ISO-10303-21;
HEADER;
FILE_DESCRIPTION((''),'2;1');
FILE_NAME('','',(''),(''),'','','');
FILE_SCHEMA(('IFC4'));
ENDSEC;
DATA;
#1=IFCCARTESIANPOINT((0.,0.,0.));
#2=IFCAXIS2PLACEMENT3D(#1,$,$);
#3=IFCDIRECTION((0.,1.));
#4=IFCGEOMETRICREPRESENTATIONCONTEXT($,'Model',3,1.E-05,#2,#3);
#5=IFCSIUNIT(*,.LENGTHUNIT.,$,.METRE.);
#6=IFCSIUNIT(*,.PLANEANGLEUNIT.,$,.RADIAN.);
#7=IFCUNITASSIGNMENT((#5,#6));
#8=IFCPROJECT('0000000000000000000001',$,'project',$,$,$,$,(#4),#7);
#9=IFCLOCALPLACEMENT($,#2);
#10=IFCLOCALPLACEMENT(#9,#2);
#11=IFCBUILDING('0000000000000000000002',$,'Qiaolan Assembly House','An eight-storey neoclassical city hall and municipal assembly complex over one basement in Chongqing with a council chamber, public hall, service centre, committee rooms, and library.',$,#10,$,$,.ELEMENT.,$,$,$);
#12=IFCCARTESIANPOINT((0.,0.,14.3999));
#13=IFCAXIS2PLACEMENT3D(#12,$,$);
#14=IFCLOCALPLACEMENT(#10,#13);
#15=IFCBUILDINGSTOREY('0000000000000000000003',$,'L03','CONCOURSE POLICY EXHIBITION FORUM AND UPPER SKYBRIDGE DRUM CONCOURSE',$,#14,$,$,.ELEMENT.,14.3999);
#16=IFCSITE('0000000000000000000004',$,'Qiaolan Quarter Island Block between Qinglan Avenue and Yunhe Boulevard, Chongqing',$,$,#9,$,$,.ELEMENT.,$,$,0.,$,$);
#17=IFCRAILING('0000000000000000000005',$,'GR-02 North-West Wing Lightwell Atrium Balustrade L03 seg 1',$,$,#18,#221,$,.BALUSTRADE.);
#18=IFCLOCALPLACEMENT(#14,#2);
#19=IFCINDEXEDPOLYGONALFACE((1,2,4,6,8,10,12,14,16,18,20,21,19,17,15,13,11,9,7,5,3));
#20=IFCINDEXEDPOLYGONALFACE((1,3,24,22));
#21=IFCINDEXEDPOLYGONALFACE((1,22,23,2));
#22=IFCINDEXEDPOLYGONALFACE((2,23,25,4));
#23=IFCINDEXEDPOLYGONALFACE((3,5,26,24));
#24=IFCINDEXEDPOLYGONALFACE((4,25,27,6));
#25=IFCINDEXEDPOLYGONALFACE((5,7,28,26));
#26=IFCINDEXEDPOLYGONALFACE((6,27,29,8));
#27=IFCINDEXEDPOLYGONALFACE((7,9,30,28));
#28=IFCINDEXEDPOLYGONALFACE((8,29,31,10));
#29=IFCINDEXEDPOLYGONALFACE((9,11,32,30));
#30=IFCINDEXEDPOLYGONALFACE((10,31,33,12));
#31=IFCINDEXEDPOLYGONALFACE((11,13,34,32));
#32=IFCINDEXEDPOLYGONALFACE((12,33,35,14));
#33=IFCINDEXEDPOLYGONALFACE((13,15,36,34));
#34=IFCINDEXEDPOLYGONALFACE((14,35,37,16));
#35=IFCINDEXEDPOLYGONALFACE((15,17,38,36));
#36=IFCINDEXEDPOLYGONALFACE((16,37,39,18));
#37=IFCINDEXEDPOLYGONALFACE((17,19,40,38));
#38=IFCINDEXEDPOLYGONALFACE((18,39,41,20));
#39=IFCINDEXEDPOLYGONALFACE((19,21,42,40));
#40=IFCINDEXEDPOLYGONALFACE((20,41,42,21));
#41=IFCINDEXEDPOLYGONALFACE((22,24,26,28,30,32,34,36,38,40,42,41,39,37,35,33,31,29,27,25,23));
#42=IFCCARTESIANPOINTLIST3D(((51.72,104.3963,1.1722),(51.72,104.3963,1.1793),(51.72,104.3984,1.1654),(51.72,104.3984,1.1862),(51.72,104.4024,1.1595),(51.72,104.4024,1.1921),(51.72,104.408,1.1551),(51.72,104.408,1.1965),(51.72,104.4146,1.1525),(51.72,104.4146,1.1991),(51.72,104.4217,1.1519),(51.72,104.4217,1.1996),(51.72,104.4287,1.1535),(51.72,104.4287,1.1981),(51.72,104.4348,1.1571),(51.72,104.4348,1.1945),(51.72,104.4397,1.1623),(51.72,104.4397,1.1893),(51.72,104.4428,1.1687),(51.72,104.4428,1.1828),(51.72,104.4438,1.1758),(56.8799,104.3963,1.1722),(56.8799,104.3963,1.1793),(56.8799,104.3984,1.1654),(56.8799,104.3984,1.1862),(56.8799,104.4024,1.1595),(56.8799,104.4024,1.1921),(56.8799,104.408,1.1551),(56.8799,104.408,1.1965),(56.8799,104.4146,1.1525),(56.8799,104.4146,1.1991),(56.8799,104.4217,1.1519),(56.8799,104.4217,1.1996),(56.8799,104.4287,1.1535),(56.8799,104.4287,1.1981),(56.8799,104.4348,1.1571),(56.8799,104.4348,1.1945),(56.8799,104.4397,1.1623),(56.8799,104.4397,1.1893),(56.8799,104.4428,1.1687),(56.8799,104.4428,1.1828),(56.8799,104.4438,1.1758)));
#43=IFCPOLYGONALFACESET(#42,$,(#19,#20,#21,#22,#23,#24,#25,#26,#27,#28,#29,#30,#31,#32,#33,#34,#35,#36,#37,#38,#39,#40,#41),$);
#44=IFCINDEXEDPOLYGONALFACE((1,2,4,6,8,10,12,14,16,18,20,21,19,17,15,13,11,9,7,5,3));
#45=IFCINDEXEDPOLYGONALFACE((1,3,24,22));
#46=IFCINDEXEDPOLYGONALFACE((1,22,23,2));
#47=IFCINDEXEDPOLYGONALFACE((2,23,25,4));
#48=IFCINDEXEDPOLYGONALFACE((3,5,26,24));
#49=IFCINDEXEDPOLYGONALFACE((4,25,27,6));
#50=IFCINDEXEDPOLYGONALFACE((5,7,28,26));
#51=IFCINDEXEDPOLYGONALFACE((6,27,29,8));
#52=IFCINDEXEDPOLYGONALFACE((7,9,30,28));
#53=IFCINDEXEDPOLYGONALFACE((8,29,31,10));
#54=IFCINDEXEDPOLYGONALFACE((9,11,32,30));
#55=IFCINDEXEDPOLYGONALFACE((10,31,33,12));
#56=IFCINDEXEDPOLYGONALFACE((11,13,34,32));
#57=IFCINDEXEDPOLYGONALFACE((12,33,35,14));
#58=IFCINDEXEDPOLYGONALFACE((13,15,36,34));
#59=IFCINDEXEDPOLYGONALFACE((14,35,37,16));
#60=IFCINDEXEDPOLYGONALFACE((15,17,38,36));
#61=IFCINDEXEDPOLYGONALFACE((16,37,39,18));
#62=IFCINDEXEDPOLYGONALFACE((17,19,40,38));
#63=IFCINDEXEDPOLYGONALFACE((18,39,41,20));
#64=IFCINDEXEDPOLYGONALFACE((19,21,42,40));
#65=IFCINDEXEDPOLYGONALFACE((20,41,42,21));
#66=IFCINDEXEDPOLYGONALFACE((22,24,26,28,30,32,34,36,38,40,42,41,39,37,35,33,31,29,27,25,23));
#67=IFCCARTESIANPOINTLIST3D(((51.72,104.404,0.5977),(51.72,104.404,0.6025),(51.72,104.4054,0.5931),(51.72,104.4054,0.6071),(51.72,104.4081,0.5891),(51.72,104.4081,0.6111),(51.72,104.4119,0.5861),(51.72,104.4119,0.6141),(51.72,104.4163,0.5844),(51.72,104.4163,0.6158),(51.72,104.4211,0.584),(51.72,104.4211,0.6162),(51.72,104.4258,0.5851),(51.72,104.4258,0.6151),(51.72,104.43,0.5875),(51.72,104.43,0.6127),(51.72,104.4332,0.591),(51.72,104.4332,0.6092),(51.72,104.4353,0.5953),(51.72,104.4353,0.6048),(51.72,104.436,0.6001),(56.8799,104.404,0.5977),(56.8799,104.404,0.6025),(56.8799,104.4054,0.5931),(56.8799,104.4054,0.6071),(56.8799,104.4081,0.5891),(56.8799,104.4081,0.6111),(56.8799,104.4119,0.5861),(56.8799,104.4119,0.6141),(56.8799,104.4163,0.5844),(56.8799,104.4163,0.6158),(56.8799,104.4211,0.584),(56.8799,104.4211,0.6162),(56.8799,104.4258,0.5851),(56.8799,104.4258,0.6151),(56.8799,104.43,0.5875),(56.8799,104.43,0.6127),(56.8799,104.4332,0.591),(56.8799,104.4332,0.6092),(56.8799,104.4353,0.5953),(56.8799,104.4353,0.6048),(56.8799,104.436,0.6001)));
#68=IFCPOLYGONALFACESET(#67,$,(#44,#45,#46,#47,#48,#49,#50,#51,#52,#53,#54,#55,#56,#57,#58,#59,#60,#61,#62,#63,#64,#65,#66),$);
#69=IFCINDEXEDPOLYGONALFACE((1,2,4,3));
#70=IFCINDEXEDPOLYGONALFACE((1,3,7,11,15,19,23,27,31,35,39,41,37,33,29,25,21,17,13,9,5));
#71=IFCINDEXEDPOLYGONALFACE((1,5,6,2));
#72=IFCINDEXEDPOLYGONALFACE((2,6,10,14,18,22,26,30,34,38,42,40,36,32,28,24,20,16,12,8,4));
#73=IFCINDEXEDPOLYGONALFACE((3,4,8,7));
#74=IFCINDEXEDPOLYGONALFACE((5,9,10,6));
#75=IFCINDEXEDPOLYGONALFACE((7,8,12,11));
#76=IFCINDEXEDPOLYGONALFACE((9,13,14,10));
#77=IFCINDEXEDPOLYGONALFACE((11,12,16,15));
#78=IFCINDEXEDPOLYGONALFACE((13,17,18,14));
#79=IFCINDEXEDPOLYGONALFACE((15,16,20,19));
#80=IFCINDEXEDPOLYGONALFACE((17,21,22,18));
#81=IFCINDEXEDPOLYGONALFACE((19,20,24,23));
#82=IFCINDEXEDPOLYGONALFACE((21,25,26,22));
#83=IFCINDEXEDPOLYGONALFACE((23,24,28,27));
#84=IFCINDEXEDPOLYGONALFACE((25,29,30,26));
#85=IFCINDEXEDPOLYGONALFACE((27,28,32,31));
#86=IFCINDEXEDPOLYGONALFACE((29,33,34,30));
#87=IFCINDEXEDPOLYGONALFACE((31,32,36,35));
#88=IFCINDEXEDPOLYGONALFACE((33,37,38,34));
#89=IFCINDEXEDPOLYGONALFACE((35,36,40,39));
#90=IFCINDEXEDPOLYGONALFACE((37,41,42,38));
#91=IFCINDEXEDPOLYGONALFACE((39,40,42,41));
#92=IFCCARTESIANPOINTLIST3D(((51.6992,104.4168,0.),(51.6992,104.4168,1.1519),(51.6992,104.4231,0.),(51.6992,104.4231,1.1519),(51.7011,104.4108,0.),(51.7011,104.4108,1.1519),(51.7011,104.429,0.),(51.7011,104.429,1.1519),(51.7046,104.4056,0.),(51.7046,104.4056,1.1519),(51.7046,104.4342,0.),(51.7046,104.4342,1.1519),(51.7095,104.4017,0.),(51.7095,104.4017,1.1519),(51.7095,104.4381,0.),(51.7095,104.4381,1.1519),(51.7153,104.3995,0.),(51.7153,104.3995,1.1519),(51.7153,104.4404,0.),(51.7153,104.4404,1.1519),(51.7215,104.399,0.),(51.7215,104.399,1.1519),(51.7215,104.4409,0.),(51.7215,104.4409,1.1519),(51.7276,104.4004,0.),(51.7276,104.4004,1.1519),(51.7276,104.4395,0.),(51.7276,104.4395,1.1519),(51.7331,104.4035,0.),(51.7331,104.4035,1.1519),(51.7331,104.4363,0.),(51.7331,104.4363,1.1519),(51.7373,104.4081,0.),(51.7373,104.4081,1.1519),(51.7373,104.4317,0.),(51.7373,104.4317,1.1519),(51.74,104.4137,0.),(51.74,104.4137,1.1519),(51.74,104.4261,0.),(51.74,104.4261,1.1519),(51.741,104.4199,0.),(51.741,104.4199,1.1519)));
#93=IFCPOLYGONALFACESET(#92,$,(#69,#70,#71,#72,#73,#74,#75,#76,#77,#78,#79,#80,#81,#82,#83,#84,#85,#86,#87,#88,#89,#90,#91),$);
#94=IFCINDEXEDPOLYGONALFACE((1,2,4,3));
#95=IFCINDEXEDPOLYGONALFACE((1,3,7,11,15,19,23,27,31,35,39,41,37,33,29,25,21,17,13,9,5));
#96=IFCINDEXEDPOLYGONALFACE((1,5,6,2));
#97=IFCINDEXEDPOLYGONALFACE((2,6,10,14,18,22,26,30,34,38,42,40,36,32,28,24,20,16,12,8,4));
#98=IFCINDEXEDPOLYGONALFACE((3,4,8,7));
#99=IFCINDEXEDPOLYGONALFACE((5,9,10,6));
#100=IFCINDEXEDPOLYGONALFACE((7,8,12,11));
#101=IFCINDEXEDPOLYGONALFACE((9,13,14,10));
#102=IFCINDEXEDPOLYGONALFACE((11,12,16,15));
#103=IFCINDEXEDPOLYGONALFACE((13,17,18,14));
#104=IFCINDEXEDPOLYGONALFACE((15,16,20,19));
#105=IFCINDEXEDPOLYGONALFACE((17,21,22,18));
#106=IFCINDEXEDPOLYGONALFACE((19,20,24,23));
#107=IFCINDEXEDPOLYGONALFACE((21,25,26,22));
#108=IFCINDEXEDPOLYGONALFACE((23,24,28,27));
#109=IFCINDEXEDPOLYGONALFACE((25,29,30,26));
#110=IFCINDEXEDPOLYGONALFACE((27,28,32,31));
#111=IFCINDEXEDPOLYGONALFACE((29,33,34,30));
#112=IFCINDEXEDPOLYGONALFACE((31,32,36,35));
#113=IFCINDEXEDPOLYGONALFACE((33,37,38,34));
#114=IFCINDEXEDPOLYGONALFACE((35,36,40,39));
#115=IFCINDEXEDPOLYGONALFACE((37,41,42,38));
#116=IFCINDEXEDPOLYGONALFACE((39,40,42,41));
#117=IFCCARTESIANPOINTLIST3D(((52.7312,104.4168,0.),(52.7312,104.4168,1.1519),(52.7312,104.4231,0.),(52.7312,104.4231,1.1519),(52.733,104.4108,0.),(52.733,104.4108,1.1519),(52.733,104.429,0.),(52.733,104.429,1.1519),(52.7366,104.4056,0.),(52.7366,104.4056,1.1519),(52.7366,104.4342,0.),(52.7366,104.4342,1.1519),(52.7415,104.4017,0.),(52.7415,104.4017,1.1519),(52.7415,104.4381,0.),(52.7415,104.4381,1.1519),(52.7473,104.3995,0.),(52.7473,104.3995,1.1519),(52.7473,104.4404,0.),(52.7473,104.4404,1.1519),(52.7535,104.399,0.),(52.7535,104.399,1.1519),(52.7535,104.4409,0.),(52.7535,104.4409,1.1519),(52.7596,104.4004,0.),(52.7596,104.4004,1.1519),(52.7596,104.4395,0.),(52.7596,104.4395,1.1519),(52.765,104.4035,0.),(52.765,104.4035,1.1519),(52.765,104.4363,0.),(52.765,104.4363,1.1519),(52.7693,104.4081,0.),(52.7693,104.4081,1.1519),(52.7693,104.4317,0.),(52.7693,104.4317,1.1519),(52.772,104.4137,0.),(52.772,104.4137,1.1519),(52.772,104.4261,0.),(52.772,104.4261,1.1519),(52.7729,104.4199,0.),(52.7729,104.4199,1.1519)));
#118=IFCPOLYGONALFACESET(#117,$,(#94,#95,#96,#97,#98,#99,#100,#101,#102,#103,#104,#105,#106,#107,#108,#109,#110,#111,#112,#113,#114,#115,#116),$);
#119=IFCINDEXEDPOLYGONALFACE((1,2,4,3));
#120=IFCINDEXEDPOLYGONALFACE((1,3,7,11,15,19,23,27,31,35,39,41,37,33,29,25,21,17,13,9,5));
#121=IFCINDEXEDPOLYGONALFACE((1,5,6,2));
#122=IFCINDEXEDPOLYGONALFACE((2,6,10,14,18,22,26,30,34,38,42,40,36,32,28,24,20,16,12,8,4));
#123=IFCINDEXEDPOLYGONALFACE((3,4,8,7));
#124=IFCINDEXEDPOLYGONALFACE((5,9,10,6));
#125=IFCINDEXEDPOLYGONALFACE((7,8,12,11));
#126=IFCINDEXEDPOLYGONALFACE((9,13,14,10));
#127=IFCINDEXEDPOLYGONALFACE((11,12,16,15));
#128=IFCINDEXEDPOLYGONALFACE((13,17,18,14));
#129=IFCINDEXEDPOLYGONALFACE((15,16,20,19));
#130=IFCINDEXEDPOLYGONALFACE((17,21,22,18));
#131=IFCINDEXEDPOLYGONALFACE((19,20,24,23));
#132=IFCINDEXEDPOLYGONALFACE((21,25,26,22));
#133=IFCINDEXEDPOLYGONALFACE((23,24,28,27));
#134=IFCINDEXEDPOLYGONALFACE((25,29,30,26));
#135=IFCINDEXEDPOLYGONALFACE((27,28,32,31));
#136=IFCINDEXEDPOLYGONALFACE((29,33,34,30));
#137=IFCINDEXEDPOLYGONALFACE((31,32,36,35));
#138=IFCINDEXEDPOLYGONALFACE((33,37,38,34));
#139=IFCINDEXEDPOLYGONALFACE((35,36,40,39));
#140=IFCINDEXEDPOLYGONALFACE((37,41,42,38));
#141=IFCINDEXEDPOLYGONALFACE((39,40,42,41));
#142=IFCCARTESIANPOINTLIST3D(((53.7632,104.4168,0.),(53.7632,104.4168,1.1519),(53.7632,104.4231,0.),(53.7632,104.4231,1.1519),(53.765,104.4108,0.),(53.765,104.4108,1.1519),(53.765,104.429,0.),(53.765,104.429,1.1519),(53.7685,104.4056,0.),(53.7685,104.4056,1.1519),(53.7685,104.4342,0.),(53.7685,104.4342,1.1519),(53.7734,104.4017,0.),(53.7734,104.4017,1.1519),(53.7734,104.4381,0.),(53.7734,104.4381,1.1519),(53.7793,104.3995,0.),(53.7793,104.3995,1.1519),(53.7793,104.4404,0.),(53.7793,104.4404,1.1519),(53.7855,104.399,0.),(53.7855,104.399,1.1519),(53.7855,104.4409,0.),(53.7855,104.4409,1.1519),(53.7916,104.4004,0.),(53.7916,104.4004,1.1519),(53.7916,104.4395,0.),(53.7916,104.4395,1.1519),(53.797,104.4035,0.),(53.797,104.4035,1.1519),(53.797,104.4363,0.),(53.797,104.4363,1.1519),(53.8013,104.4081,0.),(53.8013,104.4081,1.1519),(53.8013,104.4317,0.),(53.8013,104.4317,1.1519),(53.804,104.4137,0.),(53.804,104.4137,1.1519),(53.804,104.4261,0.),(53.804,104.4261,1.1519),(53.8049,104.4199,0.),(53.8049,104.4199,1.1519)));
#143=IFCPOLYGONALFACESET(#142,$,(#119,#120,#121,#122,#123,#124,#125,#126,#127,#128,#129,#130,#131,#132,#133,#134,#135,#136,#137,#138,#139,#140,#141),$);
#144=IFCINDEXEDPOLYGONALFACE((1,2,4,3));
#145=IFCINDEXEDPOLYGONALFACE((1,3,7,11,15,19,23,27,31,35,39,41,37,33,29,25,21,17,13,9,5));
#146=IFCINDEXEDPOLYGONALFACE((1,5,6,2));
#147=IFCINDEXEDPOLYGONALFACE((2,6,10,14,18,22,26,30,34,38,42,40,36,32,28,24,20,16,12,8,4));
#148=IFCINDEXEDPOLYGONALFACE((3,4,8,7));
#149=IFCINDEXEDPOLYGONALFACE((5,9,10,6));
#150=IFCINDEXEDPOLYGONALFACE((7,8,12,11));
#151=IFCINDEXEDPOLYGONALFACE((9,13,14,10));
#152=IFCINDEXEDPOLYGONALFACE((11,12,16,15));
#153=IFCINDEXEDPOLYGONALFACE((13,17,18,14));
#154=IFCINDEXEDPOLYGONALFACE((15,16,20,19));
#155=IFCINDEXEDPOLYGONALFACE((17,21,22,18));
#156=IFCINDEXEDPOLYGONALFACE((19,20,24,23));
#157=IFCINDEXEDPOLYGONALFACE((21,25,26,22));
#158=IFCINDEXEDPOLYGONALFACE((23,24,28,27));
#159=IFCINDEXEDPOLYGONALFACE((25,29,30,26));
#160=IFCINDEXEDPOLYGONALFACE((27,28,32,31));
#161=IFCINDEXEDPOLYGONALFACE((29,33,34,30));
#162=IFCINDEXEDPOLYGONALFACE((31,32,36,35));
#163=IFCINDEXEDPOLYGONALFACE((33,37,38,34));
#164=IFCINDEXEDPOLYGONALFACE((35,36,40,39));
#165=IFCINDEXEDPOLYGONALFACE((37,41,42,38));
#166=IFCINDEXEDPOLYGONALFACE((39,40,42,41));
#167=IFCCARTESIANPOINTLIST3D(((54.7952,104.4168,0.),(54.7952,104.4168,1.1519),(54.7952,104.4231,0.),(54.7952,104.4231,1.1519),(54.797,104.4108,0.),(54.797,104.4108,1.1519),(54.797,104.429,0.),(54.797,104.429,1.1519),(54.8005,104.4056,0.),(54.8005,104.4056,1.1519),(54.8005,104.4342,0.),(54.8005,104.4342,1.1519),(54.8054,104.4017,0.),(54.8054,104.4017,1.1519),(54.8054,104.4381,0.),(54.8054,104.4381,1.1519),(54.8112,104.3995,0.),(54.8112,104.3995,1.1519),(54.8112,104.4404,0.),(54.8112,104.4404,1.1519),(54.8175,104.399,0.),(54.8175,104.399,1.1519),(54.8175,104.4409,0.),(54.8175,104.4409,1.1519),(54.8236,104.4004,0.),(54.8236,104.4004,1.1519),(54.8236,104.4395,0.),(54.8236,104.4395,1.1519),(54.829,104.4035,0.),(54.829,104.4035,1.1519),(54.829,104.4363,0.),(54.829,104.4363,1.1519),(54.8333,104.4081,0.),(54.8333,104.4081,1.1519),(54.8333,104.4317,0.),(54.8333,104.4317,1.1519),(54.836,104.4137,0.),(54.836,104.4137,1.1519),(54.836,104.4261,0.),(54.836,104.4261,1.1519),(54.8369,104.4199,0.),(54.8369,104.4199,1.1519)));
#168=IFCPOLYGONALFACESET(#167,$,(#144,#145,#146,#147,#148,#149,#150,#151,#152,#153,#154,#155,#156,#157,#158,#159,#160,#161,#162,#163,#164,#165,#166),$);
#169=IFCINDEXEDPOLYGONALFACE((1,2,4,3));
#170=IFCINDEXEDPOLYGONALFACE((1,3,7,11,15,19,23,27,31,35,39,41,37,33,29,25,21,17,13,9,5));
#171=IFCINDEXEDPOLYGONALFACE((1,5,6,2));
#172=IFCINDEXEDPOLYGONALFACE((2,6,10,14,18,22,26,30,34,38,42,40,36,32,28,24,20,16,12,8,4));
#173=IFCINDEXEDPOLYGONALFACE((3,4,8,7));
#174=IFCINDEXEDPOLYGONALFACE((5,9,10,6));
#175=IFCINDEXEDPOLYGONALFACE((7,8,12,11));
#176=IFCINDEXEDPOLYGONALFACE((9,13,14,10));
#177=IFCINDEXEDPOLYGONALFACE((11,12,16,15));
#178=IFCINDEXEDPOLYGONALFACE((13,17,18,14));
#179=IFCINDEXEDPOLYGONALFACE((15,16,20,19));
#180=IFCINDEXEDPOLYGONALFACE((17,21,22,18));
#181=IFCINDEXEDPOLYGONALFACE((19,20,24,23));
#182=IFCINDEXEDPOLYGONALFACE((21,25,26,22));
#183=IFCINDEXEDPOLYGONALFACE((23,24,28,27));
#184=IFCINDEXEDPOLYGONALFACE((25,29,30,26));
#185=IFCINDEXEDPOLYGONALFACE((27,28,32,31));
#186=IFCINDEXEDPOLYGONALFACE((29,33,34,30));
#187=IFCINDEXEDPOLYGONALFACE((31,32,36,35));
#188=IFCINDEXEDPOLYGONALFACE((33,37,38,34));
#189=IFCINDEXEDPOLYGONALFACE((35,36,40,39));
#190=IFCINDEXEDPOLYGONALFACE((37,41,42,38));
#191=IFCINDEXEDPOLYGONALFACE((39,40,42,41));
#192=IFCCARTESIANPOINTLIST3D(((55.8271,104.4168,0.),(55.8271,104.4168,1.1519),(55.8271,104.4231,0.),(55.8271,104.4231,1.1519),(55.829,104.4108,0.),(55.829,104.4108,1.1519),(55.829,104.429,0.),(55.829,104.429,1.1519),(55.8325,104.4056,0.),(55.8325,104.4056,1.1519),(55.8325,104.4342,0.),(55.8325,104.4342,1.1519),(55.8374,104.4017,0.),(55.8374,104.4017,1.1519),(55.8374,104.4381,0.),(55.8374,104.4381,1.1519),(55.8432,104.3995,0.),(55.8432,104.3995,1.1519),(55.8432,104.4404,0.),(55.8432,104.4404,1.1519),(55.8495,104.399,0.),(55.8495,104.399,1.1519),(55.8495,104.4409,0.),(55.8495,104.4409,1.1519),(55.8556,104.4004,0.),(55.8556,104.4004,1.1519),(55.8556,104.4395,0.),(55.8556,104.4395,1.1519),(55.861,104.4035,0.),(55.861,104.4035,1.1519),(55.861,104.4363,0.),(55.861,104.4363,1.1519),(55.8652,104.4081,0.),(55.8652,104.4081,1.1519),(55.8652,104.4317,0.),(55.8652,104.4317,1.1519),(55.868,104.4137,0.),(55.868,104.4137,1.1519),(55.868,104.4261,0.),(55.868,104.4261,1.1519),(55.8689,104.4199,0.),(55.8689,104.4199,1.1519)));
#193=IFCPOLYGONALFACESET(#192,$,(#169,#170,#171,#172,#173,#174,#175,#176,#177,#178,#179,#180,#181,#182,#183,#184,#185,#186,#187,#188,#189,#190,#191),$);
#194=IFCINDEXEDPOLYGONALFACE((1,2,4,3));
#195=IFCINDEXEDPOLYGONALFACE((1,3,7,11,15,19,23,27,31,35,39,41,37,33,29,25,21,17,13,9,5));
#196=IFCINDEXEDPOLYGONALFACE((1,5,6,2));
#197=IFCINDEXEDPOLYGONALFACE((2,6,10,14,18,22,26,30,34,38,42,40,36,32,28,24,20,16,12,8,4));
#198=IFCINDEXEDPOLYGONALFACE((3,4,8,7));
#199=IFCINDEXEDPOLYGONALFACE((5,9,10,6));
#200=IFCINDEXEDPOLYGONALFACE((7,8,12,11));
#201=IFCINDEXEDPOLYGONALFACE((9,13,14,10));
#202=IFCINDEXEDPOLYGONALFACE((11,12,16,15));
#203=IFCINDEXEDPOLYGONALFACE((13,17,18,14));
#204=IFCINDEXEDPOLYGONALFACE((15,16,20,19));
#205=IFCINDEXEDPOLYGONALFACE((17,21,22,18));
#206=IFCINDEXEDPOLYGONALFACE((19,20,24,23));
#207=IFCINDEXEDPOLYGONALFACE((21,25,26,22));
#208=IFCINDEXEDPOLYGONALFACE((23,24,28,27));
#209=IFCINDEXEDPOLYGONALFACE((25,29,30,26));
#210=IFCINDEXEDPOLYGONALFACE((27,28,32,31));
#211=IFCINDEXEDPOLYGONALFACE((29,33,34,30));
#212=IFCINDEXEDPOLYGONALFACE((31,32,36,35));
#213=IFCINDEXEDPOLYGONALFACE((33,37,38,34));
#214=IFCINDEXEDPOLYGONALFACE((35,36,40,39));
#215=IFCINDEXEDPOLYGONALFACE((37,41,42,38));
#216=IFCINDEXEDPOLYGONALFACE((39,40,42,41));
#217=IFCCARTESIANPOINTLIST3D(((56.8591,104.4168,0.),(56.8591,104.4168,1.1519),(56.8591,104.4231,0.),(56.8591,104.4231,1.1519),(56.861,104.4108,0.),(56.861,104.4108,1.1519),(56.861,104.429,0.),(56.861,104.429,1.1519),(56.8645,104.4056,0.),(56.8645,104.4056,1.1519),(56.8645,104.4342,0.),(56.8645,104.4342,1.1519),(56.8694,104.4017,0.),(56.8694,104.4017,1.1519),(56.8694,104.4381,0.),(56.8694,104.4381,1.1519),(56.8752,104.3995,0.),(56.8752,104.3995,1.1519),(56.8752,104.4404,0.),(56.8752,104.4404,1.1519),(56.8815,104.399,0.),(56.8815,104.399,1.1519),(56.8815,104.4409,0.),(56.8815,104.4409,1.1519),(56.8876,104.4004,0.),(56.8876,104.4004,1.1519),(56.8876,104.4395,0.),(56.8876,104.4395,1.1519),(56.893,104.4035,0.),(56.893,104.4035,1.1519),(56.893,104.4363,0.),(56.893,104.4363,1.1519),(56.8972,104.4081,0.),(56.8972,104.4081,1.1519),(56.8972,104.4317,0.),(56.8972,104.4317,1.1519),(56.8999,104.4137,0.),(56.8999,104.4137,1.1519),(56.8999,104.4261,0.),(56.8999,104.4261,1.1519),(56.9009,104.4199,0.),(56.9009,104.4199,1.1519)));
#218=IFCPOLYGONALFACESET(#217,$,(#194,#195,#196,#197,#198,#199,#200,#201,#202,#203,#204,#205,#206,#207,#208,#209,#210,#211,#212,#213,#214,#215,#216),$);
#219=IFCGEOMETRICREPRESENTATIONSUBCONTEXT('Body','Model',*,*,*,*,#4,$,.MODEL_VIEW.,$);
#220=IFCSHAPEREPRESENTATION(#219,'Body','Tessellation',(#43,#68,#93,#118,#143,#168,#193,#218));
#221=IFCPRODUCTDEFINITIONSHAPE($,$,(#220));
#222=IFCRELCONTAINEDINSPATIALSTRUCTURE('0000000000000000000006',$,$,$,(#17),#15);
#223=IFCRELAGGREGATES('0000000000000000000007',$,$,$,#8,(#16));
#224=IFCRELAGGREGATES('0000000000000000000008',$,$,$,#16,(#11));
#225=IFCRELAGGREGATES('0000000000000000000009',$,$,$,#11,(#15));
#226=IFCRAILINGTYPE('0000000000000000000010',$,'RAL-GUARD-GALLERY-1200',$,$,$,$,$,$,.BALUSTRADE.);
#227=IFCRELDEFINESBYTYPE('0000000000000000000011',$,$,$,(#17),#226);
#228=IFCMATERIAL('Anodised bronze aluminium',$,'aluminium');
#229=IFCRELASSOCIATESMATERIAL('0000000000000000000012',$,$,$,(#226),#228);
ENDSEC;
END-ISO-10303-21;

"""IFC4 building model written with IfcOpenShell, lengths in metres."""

from ifc_helpers import new_model, si_unit, direction, frame, origin, origin_2d, place, context, subcontext, project, spatial, circle, extrude, material, type_object, element, save


model = new_model("IFC4")

# Units and contexts
model_context = context("Model", 3, precision=1e-05, world=origin(), true_north=direction((0.0, 1.0)))
body_context = subcontext(model_context, "Body", "Model", "MODEL_VIEW")
ifc_project = project(units=[si_unit("LENGTHUNIT", "METRE"), si_unit("PLANEANGLEUNIT", "RADIAN")], contexts=[model_context])

# Site, building, storey
site_placement = place(None, origin())
site = spatial("IfcSite", under=ifc_project, at=site_placement, Name="Qiaolan Quarter Island Block between Qinglan Avenue and Yunhe Boulevard, Chongqing", CompositionType="ELEMENT", RefElevation=0.0)
building_placement = place(site_placement, origin())
building = spatial("IfcBuilding", under=site, at=building_placement, Name="Qiaolan Assembly House", Description="An eight-storey neoclassical city hall and municipal assembly complex over one basement in Chongqing with a council chamber, public hall, service centre, committee rooms, and library.", CompositionType="ELEMENT")
storey_placement = place(building_placement, frame((0.0, 0.0, 14.3999)))
storey = spatial("IfcBuildingStorey", under=building, at=storey_placement, Name="L03", Description="CONCOURSE POLICY EXHIBITION FORUM AND UPPER SKYBRIDGE DRUM CONCOURSE", CompositionType="ELEMENT", Elevation=14.3999)

# Railing
ifc_material_1 = material(Name="Anodised bronze aluminium", Category="aluminium")
railing_type = type_object("IfcRailingType", Name="RAL-GUARD-GALLERY-1200", PredefinedType="BALUSTRADE", material=ifc_material_1)
railing_1_placement = place(storey_placement, frame((51.72, 104.4199, 0.0)))
element("IfcRailing", 1, at=railing_1_placement, inside=storey, type_object=railing_type, Name="GR-02 North-West Wing Lightwell Atrium Balustrade L03 seg 1", PredefinedType="BALUSTRADE", context=body_context, shape_type="SweptSolid", body=[
    extrude(circle(Radius=0.0239, at=origin_2d()), frame((0.0, 0.0, 1.1758), z_axis=(1.0, 0.0, 0.0), x_axis=(0.0, 1.0, 0.0)), (0.0, 0.0, 1.0), 5.1599),
    extrude(circle(Radius=0.0161, at=origin_2d()), frame((0.0, 0.0, 0.6001), z_axis=(1.0, 0.0, 0.0), x_axis=(0.0, 1.0, 0.0)), (0.0, 0.0, 1.0), 5.1599),
    extrude(circle(Radius=0.021, at=origin_2d()), origin(), (0.0, 0.0, 1.0), 1.1519),
    extrude(circle(Radius=0.021, at=origin_2d()), frame((1.032, 0.0, 0.0)), (0.0, 0.0, 1.0), 1.1519),
    extrude(circle(Radius=0.021, at=origin_2d()), frame((2.064, 0.0, 0.0)), (0.0, 0.0, 1.0), 1.1519),
    extrude(circle(Radius=0.021, at=origin_2d()), frame((3.0959, 0.0, 0.0)), (0.0, 0.0, 1.0), 1.1519),
    extrude(circle(Radius=0.021, at=origin_2d()), frame((4.1279, 0.0, 0.0)), (0.0, 0.0, 1.0), 1.1519),
    extrude(circle(Radius=0.021, at=origin_2d()), frame((5.1599, 0.0, 0.0)), (0.0, 0.0, 1.0), 1.1519),
])

save(model, "model.ifc")
